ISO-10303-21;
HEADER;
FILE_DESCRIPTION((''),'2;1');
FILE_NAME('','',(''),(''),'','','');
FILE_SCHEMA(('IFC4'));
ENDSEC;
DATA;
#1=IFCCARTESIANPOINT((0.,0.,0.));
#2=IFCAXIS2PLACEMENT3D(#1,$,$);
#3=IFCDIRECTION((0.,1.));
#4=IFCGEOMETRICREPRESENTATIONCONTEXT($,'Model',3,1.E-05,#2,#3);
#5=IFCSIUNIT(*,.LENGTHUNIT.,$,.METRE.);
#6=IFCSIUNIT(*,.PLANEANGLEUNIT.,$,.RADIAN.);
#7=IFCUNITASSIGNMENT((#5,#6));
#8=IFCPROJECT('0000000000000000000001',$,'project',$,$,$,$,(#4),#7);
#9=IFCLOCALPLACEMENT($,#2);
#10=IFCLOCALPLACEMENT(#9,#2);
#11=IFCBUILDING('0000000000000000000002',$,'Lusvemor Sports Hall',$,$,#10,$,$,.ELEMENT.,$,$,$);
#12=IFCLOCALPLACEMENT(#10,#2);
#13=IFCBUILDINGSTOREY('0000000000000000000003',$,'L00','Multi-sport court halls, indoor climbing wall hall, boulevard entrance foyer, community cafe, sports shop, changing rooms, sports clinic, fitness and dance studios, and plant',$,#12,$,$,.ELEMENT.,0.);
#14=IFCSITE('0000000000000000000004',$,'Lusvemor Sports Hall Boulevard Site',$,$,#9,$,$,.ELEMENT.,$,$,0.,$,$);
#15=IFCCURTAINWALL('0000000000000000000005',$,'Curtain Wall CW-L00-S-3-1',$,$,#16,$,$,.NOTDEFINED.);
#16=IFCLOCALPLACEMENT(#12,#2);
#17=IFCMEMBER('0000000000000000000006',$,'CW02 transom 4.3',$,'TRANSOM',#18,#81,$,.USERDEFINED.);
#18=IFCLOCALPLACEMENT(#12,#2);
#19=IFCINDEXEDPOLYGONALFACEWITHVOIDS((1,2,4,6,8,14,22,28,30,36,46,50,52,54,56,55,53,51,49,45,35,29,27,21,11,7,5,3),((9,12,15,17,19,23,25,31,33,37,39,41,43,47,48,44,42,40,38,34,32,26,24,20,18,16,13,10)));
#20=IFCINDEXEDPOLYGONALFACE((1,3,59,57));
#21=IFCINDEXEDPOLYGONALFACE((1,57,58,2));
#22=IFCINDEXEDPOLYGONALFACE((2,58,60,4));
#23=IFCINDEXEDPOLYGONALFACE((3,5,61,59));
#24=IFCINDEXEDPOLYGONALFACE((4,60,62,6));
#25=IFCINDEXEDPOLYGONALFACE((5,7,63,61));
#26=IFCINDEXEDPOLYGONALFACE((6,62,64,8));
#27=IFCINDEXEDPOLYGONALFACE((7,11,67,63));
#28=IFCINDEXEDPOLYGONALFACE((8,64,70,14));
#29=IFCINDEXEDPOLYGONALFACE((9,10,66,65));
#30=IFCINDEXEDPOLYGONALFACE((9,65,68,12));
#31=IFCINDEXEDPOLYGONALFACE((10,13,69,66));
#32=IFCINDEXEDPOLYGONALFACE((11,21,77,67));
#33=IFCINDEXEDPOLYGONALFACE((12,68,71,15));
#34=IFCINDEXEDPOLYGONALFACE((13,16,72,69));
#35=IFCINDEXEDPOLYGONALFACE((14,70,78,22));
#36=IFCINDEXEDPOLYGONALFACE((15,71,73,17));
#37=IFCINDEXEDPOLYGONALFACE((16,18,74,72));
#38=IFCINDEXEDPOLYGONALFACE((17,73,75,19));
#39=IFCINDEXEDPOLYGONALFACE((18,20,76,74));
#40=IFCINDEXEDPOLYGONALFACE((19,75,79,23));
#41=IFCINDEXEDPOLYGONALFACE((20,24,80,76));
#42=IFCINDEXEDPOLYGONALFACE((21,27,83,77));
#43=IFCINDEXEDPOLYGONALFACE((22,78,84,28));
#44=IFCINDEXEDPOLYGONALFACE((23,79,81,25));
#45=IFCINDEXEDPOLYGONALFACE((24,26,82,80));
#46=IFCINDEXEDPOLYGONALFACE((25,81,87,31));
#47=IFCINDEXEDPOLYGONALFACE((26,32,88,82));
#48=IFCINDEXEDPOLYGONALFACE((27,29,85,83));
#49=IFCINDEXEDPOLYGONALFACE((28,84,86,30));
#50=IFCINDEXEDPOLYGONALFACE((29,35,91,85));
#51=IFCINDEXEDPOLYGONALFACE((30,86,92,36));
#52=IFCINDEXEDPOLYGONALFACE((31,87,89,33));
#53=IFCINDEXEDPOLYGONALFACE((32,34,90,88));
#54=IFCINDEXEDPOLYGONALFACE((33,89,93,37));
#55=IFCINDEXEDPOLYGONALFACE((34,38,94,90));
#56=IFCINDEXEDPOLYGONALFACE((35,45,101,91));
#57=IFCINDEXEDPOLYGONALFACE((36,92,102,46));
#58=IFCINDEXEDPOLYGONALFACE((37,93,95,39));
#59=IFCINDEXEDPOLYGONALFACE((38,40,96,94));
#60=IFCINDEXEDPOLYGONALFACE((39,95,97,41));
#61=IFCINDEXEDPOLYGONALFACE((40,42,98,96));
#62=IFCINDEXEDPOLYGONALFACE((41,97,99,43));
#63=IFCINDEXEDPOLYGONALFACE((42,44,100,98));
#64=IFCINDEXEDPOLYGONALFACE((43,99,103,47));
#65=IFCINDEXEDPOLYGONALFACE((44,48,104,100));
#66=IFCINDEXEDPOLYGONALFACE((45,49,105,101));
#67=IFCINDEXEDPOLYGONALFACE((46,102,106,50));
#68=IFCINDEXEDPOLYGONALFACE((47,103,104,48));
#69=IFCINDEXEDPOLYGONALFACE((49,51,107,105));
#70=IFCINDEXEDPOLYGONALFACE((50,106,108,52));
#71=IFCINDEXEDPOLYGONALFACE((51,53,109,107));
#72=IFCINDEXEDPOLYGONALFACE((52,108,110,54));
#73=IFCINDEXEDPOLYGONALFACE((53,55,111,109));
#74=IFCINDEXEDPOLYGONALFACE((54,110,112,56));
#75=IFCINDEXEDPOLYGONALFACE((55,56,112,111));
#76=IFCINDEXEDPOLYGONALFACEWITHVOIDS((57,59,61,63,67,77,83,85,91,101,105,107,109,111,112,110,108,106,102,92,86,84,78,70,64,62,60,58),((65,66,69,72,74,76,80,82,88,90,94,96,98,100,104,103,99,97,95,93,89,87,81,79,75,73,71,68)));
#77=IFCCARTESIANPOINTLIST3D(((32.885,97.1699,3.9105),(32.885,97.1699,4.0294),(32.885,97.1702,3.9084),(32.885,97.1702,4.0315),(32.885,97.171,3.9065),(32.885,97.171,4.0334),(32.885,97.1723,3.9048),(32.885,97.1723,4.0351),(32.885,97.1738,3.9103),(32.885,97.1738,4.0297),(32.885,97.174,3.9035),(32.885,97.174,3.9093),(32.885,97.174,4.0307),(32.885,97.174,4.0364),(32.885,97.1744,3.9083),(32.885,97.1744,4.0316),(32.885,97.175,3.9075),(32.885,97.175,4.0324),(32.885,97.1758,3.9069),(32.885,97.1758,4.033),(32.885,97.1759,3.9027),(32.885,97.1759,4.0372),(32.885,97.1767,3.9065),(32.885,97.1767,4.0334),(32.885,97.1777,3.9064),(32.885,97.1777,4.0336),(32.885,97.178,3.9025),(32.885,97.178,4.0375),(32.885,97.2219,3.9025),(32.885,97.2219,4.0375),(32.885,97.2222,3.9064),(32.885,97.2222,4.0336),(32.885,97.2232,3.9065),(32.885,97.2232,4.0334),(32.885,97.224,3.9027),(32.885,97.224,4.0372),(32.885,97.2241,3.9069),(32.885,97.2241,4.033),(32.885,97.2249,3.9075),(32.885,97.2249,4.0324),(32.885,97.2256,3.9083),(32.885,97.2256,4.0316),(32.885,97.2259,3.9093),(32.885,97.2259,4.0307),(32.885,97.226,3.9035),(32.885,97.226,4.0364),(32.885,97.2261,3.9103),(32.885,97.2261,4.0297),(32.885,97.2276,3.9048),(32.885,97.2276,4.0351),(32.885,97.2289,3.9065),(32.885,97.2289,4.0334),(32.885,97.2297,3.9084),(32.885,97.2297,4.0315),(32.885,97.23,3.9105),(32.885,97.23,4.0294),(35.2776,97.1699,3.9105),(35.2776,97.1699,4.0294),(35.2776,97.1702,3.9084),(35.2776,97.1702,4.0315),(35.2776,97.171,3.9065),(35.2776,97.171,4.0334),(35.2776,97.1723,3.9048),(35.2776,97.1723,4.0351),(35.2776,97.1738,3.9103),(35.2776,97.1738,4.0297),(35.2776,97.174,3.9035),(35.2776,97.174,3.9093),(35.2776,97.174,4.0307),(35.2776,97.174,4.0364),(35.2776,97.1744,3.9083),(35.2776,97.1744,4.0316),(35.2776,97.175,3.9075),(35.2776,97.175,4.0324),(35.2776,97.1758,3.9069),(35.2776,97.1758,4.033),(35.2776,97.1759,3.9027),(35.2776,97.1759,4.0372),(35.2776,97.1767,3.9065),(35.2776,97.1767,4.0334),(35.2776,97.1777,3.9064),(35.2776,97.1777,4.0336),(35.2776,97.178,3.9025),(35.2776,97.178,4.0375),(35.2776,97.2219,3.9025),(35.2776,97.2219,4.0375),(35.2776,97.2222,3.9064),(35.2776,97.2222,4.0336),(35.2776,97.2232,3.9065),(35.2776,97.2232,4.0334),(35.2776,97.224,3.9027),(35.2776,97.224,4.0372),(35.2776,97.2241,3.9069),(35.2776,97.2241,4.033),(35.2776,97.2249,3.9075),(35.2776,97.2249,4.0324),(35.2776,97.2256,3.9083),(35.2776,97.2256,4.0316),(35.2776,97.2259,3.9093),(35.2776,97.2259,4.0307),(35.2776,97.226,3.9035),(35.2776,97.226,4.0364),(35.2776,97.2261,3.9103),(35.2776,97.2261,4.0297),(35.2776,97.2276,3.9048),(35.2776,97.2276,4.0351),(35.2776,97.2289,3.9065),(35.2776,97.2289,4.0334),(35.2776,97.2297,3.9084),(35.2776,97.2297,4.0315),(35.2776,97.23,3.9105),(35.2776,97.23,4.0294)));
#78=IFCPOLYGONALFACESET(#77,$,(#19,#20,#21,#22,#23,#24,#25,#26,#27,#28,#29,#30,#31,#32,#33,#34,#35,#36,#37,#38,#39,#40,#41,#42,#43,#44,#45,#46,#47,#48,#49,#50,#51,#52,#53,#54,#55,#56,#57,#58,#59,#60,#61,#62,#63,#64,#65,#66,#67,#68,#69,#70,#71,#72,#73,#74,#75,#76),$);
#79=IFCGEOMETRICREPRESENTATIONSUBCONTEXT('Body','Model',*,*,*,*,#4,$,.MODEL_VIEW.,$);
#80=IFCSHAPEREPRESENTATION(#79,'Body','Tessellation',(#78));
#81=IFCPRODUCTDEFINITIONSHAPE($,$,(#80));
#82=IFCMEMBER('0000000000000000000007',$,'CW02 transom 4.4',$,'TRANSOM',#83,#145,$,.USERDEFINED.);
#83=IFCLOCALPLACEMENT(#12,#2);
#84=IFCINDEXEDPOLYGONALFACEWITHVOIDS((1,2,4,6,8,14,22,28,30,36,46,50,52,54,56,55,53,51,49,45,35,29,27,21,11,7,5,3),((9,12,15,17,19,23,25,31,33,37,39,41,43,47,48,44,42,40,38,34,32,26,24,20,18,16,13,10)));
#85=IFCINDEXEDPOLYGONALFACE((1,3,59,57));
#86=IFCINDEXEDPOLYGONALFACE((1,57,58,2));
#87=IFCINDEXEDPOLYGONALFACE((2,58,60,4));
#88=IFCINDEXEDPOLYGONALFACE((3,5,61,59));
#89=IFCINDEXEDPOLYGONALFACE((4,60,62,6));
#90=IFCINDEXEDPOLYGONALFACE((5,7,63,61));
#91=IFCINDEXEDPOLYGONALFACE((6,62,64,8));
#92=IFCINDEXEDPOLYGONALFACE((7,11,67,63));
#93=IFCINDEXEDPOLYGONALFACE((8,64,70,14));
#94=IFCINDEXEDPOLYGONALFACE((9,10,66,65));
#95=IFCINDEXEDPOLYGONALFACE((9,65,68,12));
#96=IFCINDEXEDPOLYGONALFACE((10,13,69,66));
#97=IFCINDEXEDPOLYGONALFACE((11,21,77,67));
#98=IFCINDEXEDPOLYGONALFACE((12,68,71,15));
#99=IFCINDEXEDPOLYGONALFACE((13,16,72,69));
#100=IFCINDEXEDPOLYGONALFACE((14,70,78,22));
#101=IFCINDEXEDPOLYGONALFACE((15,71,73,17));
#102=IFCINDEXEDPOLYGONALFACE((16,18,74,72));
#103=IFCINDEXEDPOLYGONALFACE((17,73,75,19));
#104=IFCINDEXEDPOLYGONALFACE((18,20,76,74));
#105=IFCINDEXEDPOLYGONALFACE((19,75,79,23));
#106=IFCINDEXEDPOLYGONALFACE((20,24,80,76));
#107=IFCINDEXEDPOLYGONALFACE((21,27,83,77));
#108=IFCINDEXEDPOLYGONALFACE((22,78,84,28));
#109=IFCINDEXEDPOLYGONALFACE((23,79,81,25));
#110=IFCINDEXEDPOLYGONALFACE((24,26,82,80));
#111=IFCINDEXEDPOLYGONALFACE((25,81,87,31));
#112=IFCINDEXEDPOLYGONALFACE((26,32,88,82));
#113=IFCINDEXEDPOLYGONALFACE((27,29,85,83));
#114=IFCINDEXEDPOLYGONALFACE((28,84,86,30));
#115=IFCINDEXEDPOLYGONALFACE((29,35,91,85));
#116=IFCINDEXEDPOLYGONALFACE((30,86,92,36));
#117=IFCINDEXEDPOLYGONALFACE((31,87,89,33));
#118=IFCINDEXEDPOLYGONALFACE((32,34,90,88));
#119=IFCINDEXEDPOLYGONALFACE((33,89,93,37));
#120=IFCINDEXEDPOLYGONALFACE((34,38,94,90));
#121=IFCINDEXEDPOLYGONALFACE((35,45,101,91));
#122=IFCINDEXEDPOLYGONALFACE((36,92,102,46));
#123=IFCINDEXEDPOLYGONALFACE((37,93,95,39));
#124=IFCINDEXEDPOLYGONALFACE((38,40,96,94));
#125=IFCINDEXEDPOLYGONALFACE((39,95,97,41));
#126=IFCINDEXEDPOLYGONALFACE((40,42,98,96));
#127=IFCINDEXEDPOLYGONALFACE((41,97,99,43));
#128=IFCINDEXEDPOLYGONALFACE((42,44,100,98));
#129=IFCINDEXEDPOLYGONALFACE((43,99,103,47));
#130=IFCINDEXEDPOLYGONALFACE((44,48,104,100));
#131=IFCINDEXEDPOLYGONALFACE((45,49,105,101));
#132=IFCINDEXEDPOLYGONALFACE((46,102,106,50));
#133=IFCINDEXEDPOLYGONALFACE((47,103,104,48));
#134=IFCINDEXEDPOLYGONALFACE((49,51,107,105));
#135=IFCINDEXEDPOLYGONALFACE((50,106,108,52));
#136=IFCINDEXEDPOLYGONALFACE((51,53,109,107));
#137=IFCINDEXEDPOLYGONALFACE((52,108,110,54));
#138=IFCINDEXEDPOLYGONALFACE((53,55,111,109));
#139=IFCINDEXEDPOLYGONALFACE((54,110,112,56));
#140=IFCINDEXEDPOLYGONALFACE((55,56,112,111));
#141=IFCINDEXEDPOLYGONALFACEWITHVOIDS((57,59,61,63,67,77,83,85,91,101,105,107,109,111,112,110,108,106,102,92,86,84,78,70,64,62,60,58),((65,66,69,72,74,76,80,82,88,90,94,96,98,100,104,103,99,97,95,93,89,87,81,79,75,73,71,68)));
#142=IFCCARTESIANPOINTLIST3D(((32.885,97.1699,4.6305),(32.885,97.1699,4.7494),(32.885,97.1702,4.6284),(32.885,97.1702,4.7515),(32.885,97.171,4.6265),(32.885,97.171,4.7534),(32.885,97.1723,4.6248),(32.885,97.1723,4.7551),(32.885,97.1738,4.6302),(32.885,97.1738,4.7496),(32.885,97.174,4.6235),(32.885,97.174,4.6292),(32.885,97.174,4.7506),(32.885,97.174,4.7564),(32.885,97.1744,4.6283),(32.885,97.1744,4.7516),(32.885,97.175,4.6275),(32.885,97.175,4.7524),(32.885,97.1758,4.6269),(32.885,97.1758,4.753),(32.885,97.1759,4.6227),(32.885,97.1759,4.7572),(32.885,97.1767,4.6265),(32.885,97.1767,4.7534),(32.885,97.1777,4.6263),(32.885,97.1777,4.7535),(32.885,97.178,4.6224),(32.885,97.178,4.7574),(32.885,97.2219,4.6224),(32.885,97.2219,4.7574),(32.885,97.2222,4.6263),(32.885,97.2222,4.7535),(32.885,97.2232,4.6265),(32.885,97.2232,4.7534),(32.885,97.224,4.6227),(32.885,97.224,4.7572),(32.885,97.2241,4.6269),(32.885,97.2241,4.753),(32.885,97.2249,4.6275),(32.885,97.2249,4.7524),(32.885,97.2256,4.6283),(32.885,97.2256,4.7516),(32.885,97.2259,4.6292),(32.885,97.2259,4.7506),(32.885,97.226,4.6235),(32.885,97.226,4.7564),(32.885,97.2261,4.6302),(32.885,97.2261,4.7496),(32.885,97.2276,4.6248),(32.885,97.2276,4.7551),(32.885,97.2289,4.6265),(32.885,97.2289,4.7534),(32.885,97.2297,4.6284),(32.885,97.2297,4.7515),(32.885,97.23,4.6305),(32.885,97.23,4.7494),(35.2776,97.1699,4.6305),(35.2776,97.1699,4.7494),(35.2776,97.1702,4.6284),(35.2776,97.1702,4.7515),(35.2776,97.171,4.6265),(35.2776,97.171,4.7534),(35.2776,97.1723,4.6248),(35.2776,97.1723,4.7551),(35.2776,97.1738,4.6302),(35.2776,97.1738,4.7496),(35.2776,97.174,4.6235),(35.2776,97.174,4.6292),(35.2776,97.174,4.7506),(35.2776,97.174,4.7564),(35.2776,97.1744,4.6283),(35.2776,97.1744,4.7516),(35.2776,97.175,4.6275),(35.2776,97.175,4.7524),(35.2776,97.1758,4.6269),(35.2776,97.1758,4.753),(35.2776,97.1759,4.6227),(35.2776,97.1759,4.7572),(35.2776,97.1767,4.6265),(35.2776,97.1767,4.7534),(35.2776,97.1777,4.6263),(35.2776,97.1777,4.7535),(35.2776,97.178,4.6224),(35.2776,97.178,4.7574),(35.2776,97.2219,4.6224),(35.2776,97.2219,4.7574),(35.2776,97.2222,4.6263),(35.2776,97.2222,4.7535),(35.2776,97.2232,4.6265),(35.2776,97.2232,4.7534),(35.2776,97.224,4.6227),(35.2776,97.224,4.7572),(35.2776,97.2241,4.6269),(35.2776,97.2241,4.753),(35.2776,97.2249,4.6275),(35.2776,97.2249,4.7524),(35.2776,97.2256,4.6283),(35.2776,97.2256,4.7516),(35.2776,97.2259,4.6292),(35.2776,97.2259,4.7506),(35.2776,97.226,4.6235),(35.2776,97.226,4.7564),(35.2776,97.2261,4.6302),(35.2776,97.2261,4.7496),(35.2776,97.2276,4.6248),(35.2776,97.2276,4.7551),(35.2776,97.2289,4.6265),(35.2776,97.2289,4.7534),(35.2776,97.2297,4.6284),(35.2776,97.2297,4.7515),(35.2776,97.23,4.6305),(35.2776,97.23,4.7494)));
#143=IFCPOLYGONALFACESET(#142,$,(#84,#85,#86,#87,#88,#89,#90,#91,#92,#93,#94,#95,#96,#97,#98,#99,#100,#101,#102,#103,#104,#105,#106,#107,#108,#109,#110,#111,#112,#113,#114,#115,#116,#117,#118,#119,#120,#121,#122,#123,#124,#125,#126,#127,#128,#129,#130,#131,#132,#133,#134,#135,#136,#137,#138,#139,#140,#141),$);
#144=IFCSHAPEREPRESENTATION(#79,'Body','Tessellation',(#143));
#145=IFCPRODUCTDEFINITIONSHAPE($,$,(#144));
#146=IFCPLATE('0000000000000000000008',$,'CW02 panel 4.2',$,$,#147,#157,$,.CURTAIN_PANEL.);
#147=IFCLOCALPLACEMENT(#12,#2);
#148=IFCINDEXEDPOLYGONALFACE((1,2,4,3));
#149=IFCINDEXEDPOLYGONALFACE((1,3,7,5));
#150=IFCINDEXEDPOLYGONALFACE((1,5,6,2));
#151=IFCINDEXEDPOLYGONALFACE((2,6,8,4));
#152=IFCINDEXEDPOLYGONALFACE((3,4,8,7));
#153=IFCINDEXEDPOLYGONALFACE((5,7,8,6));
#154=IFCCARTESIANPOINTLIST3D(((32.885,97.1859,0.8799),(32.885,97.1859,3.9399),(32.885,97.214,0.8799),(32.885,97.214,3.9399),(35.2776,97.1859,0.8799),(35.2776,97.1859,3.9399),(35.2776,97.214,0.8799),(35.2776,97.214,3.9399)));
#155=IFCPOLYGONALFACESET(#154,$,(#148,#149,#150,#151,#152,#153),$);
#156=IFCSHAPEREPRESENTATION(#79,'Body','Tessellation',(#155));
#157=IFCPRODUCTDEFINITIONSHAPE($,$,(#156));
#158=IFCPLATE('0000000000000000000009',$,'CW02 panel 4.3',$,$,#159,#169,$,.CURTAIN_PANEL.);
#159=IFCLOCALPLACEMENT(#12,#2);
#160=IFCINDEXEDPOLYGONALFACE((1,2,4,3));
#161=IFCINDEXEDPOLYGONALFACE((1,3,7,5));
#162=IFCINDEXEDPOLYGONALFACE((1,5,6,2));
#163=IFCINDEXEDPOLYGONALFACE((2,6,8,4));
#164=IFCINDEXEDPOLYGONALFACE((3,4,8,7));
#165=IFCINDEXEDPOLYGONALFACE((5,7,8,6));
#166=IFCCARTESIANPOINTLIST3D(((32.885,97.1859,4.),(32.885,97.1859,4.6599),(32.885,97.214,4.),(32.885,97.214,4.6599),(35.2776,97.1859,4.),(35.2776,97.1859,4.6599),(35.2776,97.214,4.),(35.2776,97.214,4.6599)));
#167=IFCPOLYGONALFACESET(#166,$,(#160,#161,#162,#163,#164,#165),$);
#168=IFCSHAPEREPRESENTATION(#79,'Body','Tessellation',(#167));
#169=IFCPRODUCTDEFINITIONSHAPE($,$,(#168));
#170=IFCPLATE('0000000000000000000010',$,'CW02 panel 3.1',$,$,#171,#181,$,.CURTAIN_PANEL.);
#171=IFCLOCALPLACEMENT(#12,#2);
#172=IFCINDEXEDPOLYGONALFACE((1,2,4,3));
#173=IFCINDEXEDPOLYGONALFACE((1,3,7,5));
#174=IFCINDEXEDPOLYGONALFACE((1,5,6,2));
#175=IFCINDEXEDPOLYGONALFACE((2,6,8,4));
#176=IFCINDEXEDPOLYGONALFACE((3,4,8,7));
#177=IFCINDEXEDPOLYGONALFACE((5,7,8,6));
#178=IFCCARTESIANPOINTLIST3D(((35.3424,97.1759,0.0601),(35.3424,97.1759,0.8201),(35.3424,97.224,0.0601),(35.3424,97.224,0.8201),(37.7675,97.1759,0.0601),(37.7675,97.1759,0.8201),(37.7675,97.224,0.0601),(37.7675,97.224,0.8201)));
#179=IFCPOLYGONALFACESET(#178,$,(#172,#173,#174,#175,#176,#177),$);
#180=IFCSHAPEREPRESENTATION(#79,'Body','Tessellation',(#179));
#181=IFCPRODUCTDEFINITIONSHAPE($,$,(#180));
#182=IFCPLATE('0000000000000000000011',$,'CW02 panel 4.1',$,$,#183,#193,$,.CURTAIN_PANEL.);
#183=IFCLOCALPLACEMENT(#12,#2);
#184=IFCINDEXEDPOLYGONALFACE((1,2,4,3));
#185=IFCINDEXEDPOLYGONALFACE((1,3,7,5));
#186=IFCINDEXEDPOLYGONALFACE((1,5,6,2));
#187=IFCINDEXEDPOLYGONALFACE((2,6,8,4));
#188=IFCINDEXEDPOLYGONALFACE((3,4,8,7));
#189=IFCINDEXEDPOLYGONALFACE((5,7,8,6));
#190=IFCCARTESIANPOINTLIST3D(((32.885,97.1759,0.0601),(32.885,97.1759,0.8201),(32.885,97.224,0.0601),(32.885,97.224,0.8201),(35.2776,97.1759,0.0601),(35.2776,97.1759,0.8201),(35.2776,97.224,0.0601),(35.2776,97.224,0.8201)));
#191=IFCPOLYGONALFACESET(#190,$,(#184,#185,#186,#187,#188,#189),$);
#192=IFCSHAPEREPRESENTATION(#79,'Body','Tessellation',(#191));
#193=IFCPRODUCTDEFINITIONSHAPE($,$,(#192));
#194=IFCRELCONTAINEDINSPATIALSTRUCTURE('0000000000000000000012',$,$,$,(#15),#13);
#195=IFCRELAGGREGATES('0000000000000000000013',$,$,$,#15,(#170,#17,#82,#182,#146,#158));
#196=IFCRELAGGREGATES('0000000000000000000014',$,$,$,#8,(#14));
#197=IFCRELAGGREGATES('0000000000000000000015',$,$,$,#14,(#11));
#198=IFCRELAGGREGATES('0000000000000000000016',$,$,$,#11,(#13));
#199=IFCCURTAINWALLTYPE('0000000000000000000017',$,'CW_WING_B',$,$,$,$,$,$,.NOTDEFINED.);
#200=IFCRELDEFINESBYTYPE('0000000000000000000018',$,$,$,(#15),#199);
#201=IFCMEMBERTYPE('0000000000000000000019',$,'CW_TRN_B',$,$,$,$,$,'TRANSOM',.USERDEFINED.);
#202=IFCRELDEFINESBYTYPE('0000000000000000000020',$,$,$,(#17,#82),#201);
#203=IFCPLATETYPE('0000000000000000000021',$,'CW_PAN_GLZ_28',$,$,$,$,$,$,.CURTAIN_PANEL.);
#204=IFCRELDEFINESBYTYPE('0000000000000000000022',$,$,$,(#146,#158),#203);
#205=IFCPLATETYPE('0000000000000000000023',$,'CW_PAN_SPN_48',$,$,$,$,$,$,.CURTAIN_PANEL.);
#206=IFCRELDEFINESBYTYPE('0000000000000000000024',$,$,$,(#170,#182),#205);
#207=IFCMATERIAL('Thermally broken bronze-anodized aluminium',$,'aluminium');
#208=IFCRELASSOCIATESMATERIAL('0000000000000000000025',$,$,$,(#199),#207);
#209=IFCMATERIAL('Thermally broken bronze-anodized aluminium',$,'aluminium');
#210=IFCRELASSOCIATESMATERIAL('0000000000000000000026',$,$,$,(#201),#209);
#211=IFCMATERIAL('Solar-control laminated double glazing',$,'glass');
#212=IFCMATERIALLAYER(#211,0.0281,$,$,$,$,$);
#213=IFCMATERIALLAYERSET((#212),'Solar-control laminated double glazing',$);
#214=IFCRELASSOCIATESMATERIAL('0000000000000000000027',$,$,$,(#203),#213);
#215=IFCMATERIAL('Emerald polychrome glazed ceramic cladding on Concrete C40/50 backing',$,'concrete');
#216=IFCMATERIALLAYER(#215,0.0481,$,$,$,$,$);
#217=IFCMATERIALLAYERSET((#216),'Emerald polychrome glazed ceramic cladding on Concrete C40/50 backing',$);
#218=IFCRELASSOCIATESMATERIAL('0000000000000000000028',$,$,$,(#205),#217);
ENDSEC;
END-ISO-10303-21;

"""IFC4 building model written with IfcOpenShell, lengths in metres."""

from ifc_helpers import new_model, si_unit, direction, frame, origin, origin_2d, place, context, subcontext, project, spatial, rectangle, hollow_rectangle, extrude, material, layer, layer_set, material_profile, profile_set, type_object, element, aggregate, save


model = new_model("IFC4")

# Units and contexts
model_context = context("Model", 3, precision=1e-05, world=origin(), true_north=direction((0.0, 1.0)))
body_context = subcontext(model_context, "Body", "Model", "MODEL_VIEW")
ifc_project = project(units=[si_unit("LENGTHUNIT", "METRE"), si_unit("PLANEANGLEUNIT", "RADIAN")], contexts=[model_context])

# Site, building, storey
site_placement = place(None, origin())
site = spatial("IfcSite", under=ifc_project, at=site_placement, Name="Lusvemor Sports Hall Boulevard Site", CompositionType="ELEMENT", RefElevation=0.0)
building_placement = place(site_placement, origin())
building = spatial("IfcBuilding", under=site, at=building_placement, Name="Lusvemor Sports Hall", CompositionType="ELEMENT")
storey_placement = place(building_placement, origin())
storey = spatial("IfcBuildingStorey", under=building, at=storey_placement, Name="L00", Description="Multi-sport court halls, indoor climbing wall hall, boulevard entrance foyer, community cafe, sports shop, changing rooms, sports clinic, fitness and dance studios, and plant", CompositionType="ELEMENT", Elevation=0.0)

# Curtain wall, members, plates
ifc_material_1 = material(Name="Thermally broken bronze-anodized aluminium", Category="aluminium")
curtain_wall_type = type_object("IfcCurtainWallType", Name="CW_WING_B", PredefinedType="NOTDEFINED", material=ifc_material_1)
curtain_wall_placement = place(storey_placement, origin())
curtain_wall = element("IfcCurtainWall", 1, at=curtain_wall_placement, inside=storey, type_object=curtain_wall_type, Name="Curtain Wall CW-L00-S-3-1", PredefinedType="NOTDEFINED")
ifc_material_2 = material(Name="Thermally broken bronze-anodized aluminium", Category="aluminium")
ifc_material_profile_1 = material_profile(ifc_material_2, hollow_rectangle(XDim=0.0601, YDim=0.135, WallThickness=0.0039, InnerFilletRadius=0.0039, OuterFilletRadius=0.0081, at=origin_2d()), Name="CWTRN135x60x4")
ifc_profile_set_1 = profile_set([ifc_material_profile_1], Name="Thermally broken bronze-anodized aluminium")
member_type_1 = type_object("IfcMemberType", Name="CW_TRN_B", ElementType="TRANSOM", PredefinedType="USERDEFINED", material=ifc_profile_set_1)
member_1_placement = place(storey_placement, frame((35.2776, 97.2, 3.97), z_axis=(-1.0, 0.0, 0.0), x_axis=(0.0, -1.0, 0.0)))
member_1 = element("IfcMember", 2, at=member_1_placement, type_object=member_type_1, Name="CW02 transom 4.3", ObjectType="TRANSOM", PredefinedType="USERDEFINED", context=body_context, shape_type="SweptSolid", body=[
    extrude(hollow_rectangle(XDim=0.0601, YDim=0.135, WallThickness=0.0039, InnerFilletRadius=0.0039, OuterFilletRadius=0.0081, at=origin_2d()), origin(), (0.0, 0.0, 1.0), 2.3926),
])
member_2_placement = place(storey_placement, frame((35.2776, 97.2, 4.6899), z_axis=(-1.0, 0.0, 0.0), x_axis=(0.0, -1.0, 0.0)))
member_2 = element("IfcMember", 3, at=member_2_placement, type_object=member_type_1, Name="CW02 transom 4.4", ObjectType="TRANSOM", PredefinedType="USERDEFINED", context=body_context, shape_type="SweptSolid", body=[
    extrude(hollow_rectangle(XDim=0.0601, YDim=0.135, WallThickness=0.0039, InnerFilletRadius=0.0039, OuterFilletRadius=0.0081, at=origin_2d()), origin(), (0.0, 0.0, 1.0), 2.3926),
])
ifc_material_3 = material(Name="Solar-control laminated double glazing", Category="glass")
ifc_layer_1 = layer(ifc_material_3, 0.0281)
ifc_layer_set_1 = layer_set([ifc_layer_1], Name="Solar-control laminated double glazing")
plate_type_1 = type_object("IfcPlateType", Name="CW_PAN_GLZ_28", PredefinedType="CURTAIN_PANEL", material=ifc_layer_set_1)
plate_1_placement = place(storey_placement, frame((34.0813, 97.2, 0.8799), z_axis=(0.0, 0.0, 1.0), x_axis=(-1.0, 0.0, 0.0)))
plate_1 = element("IfcPlate", 4, at=plate_1_placement, type_object=plate_type_1, Name="CW02 panel 4.2", PredefinedType="CURTAIN_PANEL", context=body_context, shape_type="SweptSolid", body=[
    extrude(rectangle(XDim=2.3926, YDim=0.0281, at=origin_2d()), origin(), (0.0, 0.0, 1.0), 3.0601),
])
plate_2_placement = place(storey_placement, frame((34.0813, 97.2, 4.0), z_axis=(0.0, 0.0, 1.0), x_axis=(-1.0, 0.0, 0.0)))
plate_2 = element("IfcPlate", 5, at=plate_2_placement, type_object=plate_type_1, Name="CW02 panel 4.3", PredefinedType="CURTAIN_PANEL", context=body_context, shape_type="SweptSolid", body=[
    extrude(rectangle(XDim=2.3926, YDim=0.0281, at=origin_2d()), origin(), (0.0, 0.0, 1.0), 0.6599),
])
ifc_material_4 = material(Name="Emerald polychrome glazed ceramic cladding on Concrete C40/50 backing", Category="concrete")
ifc_layer_2 = layer(ifc_material_4, 0.0481)
ifc_layer_set_2 = layer_set([ifc_layer_2], Name="Emerald polychrome glazed ceramic cladding on Concrete C40/50 backing")
plate_type_2 = type_object("IfcPlateType", Name="CW_PAN_SPN_48", PredefinedType="CURTAIN_PANEL", material=ifc_layer_set_2)
plate_3_placement = place(storey_placement, frame((36.5549, 97.2, 0.0601), z_axis=(0.0, 0.0, 1.0), x_axis=(-1.0, 0.0, 0.0)))
plate_3 = element("IfcPlate", 6, at=plate_3_placement, type_object=plate_type_2, Name="CW02 panel 3.1", PredefinedType="CURTAIN_PANEL", context=body_context, shape_type="SweptSolid", body=[
    extrude(rectangle(XDim=2.425, YDim=0.0481, at=origin_2d()), origin(), (0.0, 0.0, 1.0), 0.76),
])
plate_4_placement = place(storey_placement, frame((34.0813, 97.2, 0.0601), z_axis=(0.0, 0.0, 1.0), x_axis=(-1.0, 0.0, 0.0)))
plate_4 = element("IfcPlate", 7, at=plate_4_placement, type_object=plate_type_2, Name="CW02 panel 4.1", PredefinedType="CURTAIN_PANEL", context=body_context, shape_type="SweptSolid", body=[
    extrude(rectangle(XDim=2.3926, YDim=0.0481, at=origin_2d()), origin(), (0.0, 0.0, 1.0), 0.76),
])
aggregate(curtain_wall, [plate_3, member_1, member_2, plate_4, plate_1, plate_2])

save(model, "model.ifc")
